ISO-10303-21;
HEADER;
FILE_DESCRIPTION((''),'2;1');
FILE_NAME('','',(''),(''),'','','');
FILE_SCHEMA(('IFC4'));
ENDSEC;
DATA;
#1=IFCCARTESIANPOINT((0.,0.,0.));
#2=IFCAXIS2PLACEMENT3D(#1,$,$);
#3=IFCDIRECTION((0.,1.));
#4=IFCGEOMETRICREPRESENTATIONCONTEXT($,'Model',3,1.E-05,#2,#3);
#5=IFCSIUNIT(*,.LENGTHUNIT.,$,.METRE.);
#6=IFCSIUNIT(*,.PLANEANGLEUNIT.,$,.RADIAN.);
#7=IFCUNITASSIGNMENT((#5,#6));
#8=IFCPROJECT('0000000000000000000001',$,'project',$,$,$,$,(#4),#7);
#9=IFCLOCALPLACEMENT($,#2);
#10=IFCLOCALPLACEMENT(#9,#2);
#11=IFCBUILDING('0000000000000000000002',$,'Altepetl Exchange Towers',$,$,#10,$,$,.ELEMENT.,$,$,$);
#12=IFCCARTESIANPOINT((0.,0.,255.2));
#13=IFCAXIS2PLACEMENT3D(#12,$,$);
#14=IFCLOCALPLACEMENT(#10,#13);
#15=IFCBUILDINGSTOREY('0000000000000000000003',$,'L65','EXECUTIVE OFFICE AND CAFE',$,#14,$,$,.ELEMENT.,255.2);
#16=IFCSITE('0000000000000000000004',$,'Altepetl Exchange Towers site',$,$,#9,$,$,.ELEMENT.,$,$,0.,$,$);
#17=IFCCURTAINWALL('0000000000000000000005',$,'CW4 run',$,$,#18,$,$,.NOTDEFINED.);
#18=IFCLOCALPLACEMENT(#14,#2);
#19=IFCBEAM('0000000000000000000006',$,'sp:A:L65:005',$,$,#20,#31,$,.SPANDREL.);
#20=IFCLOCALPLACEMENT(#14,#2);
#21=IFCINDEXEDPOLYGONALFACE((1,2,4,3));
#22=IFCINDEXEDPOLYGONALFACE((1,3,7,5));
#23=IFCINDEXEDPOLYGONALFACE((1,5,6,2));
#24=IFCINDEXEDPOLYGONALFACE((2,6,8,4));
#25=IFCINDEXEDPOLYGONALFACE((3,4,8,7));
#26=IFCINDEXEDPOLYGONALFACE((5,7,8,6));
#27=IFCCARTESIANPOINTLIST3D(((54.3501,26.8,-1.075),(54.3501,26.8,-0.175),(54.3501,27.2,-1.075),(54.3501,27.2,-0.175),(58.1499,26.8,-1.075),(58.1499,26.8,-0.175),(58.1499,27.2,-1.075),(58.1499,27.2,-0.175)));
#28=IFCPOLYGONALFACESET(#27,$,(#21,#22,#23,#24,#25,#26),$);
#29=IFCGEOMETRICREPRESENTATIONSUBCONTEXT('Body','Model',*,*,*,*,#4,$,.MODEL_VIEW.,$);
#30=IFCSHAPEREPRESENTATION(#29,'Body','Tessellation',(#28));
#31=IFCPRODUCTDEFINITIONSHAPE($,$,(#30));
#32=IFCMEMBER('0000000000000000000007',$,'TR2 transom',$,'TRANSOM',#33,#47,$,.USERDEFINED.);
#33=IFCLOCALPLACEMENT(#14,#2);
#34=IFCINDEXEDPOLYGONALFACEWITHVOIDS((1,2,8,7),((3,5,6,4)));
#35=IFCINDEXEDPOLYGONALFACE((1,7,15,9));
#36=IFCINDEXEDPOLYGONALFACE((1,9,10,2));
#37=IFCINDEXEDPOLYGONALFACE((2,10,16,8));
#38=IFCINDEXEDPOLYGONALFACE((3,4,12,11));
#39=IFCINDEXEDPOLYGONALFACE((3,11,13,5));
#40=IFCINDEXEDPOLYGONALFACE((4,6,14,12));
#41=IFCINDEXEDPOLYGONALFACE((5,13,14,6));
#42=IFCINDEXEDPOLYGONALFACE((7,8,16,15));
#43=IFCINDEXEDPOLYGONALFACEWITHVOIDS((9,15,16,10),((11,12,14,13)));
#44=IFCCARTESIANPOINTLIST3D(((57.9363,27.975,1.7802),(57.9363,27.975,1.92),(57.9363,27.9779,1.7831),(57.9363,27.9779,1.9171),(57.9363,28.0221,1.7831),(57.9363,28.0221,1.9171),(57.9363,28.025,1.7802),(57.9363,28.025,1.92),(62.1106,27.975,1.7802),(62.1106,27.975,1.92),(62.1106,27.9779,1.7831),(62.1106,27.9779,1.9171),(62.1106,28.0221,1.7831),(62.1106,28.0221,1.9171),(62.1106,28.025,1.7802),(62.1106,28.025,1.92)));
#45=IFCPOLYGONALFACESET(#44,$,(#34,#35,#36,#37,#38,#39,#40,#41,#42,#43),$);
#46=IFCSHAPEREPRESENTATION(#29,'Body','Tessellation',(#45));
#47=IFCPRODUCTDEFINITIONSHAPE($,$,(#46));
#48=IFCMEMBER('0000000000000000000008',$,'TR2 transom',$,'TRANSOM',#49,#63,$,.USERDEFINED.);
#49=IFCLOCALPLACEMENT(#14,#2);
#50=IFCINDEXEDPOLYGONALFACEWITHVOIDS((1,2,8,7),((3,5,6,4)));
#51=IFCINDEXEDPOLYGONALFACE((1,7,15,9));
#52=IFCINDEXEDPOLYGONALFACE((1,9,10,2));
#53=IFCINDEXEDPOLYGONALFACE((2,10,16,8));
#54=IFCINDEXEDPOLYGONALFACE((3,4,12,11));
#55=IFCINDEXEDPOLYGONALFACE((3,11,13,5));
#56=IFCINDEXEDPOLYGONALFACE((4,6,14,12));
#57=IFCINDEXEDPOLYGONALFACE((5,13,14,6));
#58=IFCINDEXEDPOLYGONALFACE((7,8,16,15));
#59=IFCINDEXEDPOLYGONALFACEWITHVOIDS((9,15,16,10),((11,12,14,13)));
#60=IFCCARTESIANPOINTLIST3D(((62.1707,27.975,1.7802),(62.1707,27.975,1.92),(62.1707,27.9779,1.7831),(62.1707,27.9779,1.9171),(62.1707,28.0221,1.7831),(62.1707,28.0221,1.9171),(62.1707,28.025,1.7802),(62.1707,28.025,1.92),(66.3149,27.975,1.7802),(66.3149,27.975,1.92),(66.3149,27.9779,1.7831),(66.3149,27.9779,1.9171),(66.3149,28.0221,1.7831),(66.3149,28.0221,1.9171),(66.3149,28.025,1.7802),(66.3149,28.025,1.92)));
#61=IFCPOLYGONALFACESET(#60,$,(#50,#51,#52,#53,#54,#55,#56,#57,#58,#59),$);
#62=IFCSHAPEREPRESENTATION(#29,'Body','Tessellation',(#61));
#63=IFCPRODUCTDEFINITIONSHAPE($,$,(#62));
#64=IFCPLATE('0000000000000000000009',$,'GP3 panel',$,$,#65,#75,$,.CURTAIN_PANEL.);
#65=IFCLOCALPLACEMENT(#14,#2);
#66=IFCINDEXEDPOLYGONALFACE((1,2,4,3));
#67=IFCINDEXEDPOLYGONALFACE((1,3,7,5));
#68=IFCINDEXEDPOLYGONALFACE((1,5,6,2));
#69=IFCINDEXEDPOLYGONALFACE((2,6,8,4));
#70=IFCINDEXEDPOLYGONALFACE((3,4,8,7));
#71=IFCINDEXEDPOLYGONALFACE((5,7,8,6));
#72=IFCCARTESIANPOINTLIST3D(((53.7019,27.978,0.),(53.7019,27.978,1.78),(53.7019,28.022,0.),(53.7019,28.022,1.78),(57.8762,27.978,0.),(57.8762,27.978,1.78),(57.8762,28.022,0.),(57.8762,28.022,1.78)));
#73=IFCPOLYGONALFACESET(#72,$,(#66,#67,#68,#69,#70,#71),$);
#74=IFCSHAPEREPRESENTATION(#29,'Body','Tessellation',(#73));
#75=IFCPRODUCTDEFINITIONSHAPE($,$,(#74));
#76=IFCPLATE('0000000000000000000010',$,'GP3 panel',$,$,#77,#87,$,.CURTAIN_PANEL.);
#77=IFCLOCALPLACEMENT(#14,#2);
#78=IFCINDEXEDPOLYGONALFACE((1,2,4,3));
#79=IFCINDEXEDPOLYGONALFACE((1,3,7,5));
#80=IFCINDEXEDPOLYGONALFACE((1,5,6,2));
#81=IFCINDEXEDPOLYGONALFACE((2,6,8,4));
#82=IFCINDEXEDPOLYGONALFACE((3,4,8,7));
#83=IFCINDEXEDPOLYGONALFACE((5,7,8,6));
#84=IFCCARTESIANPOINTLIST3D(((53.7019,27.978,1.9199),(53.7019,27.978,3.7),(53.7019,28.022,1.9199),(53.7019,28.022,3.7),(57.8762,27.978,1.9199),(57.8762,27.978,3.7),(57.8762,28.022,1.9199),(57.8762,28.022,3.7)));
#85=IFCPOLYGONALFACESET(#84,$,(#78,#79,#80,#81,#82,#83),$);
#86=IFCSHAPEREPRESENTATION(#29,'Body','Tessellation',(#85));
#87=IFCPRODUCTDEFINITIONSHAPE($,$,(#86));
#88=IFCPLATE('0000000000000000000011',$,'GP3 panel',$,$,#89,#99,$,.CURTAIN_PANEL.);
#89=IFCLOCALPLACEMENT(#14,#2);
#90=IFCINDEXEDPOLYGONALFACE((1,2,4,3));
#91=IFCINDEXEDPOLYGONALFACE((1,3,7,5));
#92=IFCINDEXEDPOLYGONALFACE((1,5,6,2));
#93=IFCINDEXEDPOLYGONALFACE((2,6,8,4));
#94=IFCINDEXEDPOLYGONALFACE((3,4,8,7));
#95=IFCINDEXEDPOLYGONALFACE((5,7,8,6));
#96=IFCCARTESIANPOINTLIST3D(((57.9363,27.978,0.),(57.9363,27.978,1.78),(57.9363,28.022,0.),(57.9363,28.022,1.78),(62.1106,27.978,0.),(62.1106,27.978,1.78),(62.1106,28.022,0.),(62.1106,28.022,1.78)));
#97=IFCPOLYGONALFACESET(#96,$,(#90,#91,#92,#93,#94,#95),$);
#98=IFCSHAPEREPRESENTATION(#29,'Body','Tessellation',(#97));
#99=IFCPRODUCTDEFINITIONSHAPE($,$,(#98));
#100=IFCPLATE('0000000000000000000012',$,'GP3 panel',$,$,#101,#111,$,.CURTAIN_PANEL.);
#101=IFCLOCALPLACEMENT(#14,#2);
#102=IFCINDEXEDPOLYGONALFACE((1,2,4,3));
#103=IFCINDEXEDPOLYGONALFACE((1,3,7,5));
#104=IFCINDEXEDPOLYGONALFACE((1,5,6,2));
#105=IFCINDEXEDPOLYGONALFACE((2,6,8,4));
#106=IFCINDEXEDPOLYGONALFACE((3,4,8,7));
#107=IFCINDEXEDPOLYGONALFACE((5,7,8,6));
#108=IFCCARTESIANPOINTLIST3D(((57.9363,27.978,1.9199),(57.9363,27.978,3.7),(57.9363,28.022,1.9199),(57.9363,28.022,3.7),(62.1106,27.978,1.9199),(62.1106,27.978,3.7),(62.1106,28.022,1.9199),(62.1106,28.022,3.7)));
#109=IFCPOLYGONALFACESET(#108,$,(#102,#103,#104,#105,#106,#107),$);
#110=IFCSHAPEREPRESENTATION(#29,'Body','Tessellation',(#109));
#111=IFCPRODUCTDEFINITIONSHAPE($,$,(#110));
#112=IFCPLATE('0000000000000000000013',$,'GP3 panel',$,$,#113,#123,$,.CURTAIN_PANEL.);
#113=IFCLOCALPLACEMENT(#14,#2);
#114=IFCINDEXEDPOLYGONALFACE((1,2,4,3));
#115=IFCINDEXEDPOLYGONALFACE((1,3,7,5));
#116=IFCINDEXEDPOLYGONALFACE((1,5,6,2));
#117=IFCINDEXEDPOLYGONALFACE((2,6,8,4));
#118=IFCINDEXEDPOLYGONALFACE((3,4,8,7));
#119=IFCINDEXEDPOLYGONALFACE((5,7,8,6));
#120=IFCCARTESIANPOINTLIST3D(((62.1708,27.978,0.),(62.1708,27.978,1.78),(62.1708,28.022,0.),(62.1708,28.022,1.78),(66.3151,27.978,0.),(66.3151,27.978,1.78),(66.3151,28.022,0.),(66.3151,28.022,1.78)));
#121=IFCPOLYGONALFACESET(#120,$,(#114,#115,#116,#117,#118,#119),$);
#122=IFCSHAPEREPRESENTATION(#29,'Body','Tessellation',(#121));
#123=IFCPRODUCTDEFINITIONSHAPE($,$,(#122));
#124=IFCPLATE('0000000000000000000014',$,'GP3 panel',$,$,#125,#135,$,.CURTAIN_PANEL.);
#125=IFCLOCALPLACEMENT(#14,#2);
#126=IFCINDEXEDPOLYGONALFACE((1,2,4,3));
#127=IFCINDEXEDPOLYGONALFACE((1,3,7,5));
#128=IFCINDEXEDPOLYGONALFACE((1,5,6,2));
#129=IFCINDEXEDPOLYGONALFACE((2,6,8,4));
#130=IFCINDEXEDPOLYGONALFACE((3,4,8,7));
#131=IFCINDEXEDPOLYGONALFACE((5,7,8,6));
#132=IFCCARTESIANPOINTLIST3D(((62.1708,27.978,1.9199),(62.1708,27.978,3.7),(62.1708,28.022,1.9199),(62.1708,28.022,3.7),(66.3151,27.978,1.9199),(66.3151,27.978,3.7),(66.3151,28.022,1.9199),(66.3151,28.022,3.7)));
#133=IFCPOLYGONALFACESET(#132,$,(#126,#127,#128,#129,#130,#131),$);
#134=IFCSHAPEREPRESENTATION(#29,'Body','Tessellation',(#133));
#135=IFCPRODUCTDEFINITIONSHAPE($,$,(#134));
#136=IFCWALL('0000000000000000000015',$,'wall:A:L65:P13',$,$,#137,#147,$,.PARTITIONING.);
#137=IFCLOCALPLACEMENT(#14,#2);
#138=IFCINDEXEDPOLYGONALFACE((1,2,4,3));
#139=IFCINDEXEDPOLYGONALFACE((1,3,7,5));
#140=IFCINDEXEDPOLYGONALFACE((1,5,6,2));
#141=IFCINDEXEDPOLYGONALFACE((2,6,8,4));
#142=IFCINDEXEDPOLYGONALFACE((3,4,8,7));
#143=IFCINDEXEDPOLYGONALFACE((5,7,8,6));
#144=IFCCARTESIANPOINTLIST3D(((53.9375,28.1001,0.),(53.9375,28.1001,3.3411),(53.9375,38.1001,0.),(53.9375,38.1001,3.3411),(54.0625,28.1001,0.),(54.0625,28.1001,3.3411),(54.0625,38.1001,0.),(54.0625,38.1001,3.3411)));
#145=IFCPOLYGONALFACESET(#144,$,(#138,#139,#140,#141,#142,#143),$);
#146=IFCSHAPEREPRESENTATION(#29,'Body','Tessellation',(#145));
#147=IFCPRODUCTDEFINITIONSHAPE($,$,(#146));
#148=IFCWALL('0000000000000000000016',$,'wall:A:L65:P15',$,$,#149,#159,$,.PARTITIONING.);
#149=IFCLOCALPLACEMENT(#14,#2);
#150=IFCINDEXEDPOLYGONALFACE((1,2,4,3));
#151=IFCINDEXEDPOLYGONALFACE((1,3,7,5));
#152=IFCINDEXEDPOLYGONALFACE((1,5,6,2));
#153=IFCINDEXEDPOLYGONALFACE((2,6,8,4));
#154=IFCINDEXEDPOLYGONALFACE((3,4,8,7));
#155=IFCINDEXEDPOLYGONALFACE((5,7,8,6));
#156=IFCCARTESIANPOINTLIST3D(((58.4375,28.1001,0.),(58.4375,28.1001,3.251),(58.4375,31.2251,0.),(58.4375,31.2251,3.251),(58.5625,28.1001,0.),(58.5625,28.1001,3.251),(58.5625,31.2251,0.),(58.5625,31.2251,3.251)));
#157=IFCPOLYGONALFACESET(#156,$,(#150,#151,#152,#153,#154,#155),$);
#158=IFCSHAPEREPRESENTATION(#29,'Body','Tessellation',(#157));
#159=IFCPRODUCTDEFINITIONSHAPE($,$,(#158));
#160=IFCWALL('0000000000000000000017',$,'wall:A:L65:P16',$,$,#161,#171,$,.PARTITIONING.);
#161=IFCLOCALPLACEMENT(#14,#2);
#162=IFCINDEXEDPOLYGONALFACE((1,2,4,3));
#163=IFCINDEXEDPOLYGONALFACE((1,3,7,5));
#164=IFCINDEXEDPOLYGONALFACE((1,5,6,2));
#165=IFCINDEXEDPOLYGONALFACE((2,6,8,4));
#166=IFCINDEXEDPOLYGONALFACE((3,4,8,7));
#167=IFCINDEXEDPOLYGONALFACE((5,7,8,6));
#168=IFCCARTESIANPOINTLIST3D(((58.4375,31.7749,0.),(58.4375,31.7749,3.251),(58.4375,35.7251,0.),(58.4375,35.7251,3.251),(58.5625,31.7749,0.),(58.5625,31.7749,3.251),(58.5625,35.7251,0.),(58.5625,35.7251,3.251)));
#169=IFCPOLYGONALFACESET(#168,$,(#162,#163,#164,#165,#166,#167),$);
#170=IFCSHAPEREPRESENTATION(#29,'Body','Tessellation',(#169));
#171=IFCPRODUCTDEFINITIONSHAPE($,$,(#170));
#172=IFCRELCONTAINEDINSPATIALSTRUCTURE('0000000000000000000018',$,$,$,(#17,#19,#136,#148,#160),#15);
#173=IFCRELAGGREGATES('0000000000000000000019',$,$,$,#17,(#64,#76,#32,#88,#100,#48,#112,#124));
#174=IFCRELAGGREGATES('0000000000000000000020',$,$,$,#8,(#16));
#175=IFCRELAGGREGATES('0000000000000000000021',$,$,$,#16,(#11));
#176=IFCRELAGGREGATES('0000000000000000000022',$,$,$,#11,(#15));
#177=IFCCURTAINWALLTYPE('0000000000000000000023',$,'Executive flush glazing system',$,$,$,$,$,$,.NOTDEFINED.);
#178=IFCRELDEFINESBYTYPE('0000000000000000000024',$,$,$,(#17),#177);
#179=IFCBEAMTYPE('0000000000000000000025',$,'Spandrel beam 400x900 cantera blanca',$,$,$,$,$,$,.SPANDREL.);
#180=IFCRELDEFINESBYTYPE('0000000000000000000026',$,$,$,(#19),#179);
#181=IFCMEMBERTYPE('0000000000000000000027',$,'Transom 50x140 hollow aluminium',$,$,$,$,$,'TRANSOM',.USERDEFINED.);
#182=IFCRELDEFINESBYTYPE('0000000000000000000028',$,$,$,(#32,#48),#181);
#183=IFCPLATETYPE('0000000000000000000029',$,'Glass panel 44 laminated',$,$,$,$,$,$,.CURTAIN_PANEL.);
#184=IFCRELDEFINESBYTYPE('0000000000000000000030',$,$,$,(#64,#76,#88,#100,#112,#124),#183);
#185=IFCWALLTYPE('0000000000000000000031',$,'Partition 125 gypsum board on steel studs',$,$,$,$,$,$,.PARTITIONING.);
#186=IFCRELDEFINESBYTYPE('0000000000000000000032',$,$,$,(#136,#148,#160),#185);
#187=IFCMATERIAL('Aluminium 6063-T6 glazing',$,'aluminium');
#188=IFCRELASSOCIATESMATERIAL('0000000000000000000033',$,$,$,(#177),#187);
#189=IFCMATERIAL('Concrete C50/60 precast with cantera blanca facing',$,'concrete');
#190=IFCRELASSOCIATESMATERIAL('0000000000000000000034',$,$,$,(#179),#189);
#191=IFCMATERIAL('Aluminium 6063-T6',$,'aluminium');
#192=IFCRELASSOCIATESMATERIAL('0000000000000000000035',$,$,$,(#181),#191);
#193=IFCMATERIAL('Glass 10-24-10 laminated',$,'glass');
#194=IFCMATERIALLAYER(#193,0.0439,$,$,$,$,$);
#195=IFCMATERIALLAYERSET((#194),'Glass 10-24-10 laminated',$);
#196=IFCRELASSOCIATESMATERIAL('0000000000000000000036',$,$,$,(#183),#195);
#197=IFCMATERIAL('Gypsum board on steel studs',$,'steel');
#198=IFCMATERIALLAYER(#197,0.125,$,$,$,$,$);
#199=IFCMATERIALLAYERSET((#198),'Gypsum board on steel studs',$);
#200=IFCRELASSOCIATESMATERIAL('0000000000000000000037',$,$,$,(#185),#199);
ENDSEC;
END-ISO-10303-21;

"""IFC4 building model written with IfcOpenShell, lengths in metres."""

from ifc_helpers import new_model, si_unit, direction, frame, frame_2d, origin, origin_2d, place, context, subcontext, project, spatial, rectangle, hollow_rectangle, extrude, material, layer, layer_set, material_profile, profile_set, type_object, element, aggregate, save


model = new_model("IFC4")

# Units and contexts
model_context = context("Model", 3, precision=1e-05, world=origin(), true_north=direction((0.0, 1.0)))
body_context = subcontext(model_context, "Body", "Model", "MODEL_VIEW")
ifc_project = project(units=[si_unit("LENGTHUNIT", "METRE"), si_unit("PLANEANGLEUNIT", "RADIAN")], contexts=[model_context])

# Site, building, storey
site_placement = place(None, origin())
site = spatial("IfcSite", under=ifc_project, at=site_placement, Name="Altepetl Exchange Towers site", CompositionType="ELEMENT", RefElevation=0.0)
building_placement = place(site_placement, origin())
building = spatial("IfcBuilding", under=site, at=building_placement, Name="Altepetl Exchange Towers", CompositionType="ELEMENT")
storey_placement = place(building_placement, frame((0.0, 0.0, 255.2)))
storey = spatial("IfcBuildingStorey", under=building, at=storey_placement, Name="L65", Description="EXECUTIVE OFFICE AND CAFE", CompositionType="ELEMENT", Elevation=255.2)

# Curtain wall
ifc_material_1 = material(Name="Aluminium 6063-T6 glazing", Category="aluminium")
curtain_wall_type = type_object("IfcCurtainWallType", Name="Executive flush glazing system", PredefinedType="NOTDEFINED", material=ifc_material_1)
curtain_wall_placement = place(storey_placement, origin())
curtain_wall = element("IfcCurtainWall", 1, at=curtain_wall_placement, inside=storey, type_object=curtain_wall_type, Name="CW4 run", PredefinedType="NOTDEFINED")
ifc_material_2 = material(Name="Aluminium 6063-T6", Category="aluminium")

# Beam
ifc_material_3 = material(Name="Concrete C50/60 precast with cantera blanca facing", Category="concrete")
ifc_material_profile_1 = material_profile(ifc_material_3, rectangle(XDim=0.3999, YDim=0.8999, at=origin_2d()), Name="400 x 900")
ifc_profile_set_1 = profile_set([ifc_material_profile_1], Name="Concrete C50/60 precast with cantera blanca facing")
beam_type_1 = type_object("IfcBeamType", Name="Spandrel beam 400x900 cantera blanca", PredefinedType="SPANDREL", material=ifc_profile_set_1)
beam_1_placement = place(storey_placement, frame((54.3501, 27.0, -0.625), z_axis=(1.0, 0.0, 0.0), x_axis=(0.0, 1.0, 0.0)))
element("IfcBeam", 2, at=beam_1_placement, inside=storey, type_object=beam_type_1, Name="sp:A:L65:005", PredefinedType="SPANDREL", context=body_context, shape_type="SweptSolid", body=[
    extrude(rectangle(XDim=0.3999, YDim=0.8999, at=origin_2d()), origin(), (0.0, 0.0, 1.0), 3.7998),
])

# Members
ifc_material_profile_2 = material_profile(ifc_material_2, hollow_rectangle(XDim=0.05, YDim=0.1399, WallThickness=0.0029, at=origin_2d()), Name="Transom 50x140 hollow aluminium")
ifc_profile_set_2 = profile_set([ifc_material_profile_2], Name="Aluminium 6063-T6")
member_type_1 = type_object("IfcMemberType", Name="Transom 50x140 hollow aluminium", ElementType="TRANSOM", PredefinedType="USERDEFINED", material=ifc_profile_set_2)
member_1_placement = place(storey_placement, frame((57.9363, 28.0, 1.8501), z_axis=(1.0, 0.0, 0.0), x_axis=(0.0, 1.0, 0.0)))
member_1 = element("IfcMember", 3, at=member_1_placement, type_object=member_type_1, Name="TR2 transom", ObjectType="TRANSOM", PredefinedType="USERDEFINED", context=body_context, shape_type="SweptSolid", body=[
    extrude(hollow_rectangle(XDim=0.05, YDim=0.1399, WallThickness=0.0029, at=origin_2d()), origin(), (0.0, 0.0, 1.0), 4.1743),
])
member_2_placement = place(storey_placement, frame((62.1707, 28.0, 1.8501), z_axis=(1.0, 0.0, 0.0), x_axis=(0.0, 1.0, 0.0)))
member_2 = element("IfcMember", 4, at=member_2_placement, type_object=member_type_1, Name="TR2 transom", ObjectType="TRANSOM", PredefinedType="USERDEFINED", context=body_context, shape_type="SweptSolid", body=[
    extrude(hollow_rectangle(XDim=0.05, YDim=0.1399, WallThickness=0.0029, at=origin_2d()), origin(), (0.0, 0.0, 1.0), 4.1443),
])

# Plates
ifc_material_4 = material(Name="Glass 10-24-10 laminated", Category="glass")
ifc_layer_1 = layer(ifc_material_4, 0.0439)
ifc_layer_set_1 = layer_set([ifc_layer_1], Name="Glass 10-24-10 laminated")
plate_type = type_object("IfcPlateType", Name="Glass panel 44 laminated", PredefinedType="CURTAIN_PANEL", material=ifc_layer_set_1)
plate_1_placement = place(storey_placement, frame((55.7891, 28.0, 0.0)))
plate_1 = element("IfcPlate", 5, at=plate_1_placement, type_object=plate_type, Name="GP3 panel", PredefinedType="CURTAIN_PANEL", context=body_context, shape_type="SweptSolid", body=[
    extrude(rectangle(XDim=4.1743, YDim=0.0439, at=origin_2d()), origin(), (0.0, 0.0, 1.0), 1.78),
])
plate_2_placement = place(storey_placement, frame((55.7891, 28.0, 1.9199)))
plate_2 = element("IfcPlate", 6, at=plate_2_placement, type_object=plate_type, Name="GP3 panel", PredefinedType="CURTAIN_PANEL", context=body_context, shape_type="SweptSolid", body=[
    extrude(rectangle(XDim=4.1743, YDim=0.0439, at=origin_2d()), origin(), (0.0, 0.0, 1.0), 1.78),
])
plate_3_placement = place(storey_placement, frame((60.0234, 28.0, 0.0)))
plate_3 = element("IfcPlate", 7, at=plate_3_placement, type_object=plate_type, Name="GP3 panel", PredefinedType="CURTAIN_PANEL", context=body_context, shape_type="SweptSolid", body=[
    extrude(rectangle(XDim=4.1743, YDim=0.0439, at=origin_2d()), origin(), (0.0, 0.0, 1.0), 1.78),
])
plate_4_placement = place(storey_placement, frame((60.0234, 28.0, 1.9199)))
plate_4 = element("IfcPlate", 8, at=plate_4_placement, type_object=plate_type, Name="GP3 panel", PredefinedType="CURTAIN_PANEL", context=body_context, shape_type="SweptSolid", body=[
    extrude(rectangle(XDim=4.1743, YDim=0.0439, at=origin_2d()), origin(), (0.0, 0.0, 1.0), 1.78),
])
plate_5_placement = place(storey_placement, frame((64.2429, 28.0, 0.0)))
plate_5 = element("IfcPlate", 9, at=plate_5_placement, type_object=plate_type, Name="GP3 panel", PredefinedType="CURTAIN_PANEL", context=body_context, shape_type="SweptSolid", body=[
    extrude(rectangle(XDim=4.1443, YDim=0.0439, at=origin_2d()), origin(), (0.0, 0.0, 1.0), 1.78),
])
plate_6_placement = place(storey_placement, frame((64.2429, 28.0, 1.9199)))
plate_6 = element("IfcPlate", 10, at=plate_6_placement, type_object=plate_type, Name="GP3 panel", PredefinedType="CURTAIN_PANEL", context=body_context, shape_type="SweptSolid", body=[
    extrude(rectangle(XDim=4.1443, YDim=0.0439, at=origin_2d()), origin(), (0.0, 0.0, 1.0), 1.78),
])
aggregate(curtain_wall, [plate_1, plate_2, member_1, plate_3, plate_4, member_2, plate_5, plate_6])

# Walls
ifc_material_5 = material(Name="Gypsum board on steel studs", Category="steel")
ifc_layer_2 = layer(ifc_material_5, 0.125)
ifc_layer_set_2 = layer_set([ifc_layer_2], Name="Gypsum board on steel studs")
wall_type = type_object("IfcWallType", Name="Partition 125 gypsum board on steel studs", PredefinedType="PARTITIONING", material=ifc_layer_set_2)
wall_1_placement = place(storey_placement, frame((54.0, 28.1001, 0.0), z_axis=(0.0, 0.0, 1.0), x_axis=(0.0, 1.0, 0.0)))
element("IfcWall", 11, at=wall_1_placement, inside=storey, type_object=wall_type, Name="wall:A:L65:P13", PredefinedType="PARTITIONING", context=body_context, shape_type="SweptSolid", body=[
    extrude(rectangle(XDim=10.0, YDim=0.125, at=frame_2d((5.0, 0.0))), origin(), (0.0, 0.0, 1.0), 3.3411),
])
wall_2_placement = place(storey_placement, frame((58.5, 28.1001, 0.0), z_axis=(0.0, 0.0, 1.0), x_axis=(0.0, 1.0, 0.0)))
element("IfcWall", 12, at=wall_2_placement, inside=storey, type_object=wall_type, Name="wall:A:L65:P15", PredefinedType="PARTITIONING", context=body_context, shape_type="SweptSolid", body=[
    extrude(rectangle(XDim=3.125, YDim=0.125, at=frame_2d((1.5625, 0.0))), origin(), (0.0, 0.0, 1.0), 3.251),
])
wall_3_placement = place(storey_placement, frame((58.5, 31.7749, 0.0), z_axis=(0.0, 0.0, 1.0), x_axis=(0.0, 1.0, 0.0)))
element("IfcWall", 13, at=wall_3_placement, inside=storey, type_object=wall_type, Name="wall:A:L65:P16", PredefinedType="PARTITIONING", context=body_context, shape_type="SweptSolid", body=[
    extrude(rectangle(XDim=3.9502, YDim=0.125, at=frame_2d((1.9751, 0.0))), origin(), (0.0, 0.0, 1.0), 3.251),
])

save(model, "model.ifc")
